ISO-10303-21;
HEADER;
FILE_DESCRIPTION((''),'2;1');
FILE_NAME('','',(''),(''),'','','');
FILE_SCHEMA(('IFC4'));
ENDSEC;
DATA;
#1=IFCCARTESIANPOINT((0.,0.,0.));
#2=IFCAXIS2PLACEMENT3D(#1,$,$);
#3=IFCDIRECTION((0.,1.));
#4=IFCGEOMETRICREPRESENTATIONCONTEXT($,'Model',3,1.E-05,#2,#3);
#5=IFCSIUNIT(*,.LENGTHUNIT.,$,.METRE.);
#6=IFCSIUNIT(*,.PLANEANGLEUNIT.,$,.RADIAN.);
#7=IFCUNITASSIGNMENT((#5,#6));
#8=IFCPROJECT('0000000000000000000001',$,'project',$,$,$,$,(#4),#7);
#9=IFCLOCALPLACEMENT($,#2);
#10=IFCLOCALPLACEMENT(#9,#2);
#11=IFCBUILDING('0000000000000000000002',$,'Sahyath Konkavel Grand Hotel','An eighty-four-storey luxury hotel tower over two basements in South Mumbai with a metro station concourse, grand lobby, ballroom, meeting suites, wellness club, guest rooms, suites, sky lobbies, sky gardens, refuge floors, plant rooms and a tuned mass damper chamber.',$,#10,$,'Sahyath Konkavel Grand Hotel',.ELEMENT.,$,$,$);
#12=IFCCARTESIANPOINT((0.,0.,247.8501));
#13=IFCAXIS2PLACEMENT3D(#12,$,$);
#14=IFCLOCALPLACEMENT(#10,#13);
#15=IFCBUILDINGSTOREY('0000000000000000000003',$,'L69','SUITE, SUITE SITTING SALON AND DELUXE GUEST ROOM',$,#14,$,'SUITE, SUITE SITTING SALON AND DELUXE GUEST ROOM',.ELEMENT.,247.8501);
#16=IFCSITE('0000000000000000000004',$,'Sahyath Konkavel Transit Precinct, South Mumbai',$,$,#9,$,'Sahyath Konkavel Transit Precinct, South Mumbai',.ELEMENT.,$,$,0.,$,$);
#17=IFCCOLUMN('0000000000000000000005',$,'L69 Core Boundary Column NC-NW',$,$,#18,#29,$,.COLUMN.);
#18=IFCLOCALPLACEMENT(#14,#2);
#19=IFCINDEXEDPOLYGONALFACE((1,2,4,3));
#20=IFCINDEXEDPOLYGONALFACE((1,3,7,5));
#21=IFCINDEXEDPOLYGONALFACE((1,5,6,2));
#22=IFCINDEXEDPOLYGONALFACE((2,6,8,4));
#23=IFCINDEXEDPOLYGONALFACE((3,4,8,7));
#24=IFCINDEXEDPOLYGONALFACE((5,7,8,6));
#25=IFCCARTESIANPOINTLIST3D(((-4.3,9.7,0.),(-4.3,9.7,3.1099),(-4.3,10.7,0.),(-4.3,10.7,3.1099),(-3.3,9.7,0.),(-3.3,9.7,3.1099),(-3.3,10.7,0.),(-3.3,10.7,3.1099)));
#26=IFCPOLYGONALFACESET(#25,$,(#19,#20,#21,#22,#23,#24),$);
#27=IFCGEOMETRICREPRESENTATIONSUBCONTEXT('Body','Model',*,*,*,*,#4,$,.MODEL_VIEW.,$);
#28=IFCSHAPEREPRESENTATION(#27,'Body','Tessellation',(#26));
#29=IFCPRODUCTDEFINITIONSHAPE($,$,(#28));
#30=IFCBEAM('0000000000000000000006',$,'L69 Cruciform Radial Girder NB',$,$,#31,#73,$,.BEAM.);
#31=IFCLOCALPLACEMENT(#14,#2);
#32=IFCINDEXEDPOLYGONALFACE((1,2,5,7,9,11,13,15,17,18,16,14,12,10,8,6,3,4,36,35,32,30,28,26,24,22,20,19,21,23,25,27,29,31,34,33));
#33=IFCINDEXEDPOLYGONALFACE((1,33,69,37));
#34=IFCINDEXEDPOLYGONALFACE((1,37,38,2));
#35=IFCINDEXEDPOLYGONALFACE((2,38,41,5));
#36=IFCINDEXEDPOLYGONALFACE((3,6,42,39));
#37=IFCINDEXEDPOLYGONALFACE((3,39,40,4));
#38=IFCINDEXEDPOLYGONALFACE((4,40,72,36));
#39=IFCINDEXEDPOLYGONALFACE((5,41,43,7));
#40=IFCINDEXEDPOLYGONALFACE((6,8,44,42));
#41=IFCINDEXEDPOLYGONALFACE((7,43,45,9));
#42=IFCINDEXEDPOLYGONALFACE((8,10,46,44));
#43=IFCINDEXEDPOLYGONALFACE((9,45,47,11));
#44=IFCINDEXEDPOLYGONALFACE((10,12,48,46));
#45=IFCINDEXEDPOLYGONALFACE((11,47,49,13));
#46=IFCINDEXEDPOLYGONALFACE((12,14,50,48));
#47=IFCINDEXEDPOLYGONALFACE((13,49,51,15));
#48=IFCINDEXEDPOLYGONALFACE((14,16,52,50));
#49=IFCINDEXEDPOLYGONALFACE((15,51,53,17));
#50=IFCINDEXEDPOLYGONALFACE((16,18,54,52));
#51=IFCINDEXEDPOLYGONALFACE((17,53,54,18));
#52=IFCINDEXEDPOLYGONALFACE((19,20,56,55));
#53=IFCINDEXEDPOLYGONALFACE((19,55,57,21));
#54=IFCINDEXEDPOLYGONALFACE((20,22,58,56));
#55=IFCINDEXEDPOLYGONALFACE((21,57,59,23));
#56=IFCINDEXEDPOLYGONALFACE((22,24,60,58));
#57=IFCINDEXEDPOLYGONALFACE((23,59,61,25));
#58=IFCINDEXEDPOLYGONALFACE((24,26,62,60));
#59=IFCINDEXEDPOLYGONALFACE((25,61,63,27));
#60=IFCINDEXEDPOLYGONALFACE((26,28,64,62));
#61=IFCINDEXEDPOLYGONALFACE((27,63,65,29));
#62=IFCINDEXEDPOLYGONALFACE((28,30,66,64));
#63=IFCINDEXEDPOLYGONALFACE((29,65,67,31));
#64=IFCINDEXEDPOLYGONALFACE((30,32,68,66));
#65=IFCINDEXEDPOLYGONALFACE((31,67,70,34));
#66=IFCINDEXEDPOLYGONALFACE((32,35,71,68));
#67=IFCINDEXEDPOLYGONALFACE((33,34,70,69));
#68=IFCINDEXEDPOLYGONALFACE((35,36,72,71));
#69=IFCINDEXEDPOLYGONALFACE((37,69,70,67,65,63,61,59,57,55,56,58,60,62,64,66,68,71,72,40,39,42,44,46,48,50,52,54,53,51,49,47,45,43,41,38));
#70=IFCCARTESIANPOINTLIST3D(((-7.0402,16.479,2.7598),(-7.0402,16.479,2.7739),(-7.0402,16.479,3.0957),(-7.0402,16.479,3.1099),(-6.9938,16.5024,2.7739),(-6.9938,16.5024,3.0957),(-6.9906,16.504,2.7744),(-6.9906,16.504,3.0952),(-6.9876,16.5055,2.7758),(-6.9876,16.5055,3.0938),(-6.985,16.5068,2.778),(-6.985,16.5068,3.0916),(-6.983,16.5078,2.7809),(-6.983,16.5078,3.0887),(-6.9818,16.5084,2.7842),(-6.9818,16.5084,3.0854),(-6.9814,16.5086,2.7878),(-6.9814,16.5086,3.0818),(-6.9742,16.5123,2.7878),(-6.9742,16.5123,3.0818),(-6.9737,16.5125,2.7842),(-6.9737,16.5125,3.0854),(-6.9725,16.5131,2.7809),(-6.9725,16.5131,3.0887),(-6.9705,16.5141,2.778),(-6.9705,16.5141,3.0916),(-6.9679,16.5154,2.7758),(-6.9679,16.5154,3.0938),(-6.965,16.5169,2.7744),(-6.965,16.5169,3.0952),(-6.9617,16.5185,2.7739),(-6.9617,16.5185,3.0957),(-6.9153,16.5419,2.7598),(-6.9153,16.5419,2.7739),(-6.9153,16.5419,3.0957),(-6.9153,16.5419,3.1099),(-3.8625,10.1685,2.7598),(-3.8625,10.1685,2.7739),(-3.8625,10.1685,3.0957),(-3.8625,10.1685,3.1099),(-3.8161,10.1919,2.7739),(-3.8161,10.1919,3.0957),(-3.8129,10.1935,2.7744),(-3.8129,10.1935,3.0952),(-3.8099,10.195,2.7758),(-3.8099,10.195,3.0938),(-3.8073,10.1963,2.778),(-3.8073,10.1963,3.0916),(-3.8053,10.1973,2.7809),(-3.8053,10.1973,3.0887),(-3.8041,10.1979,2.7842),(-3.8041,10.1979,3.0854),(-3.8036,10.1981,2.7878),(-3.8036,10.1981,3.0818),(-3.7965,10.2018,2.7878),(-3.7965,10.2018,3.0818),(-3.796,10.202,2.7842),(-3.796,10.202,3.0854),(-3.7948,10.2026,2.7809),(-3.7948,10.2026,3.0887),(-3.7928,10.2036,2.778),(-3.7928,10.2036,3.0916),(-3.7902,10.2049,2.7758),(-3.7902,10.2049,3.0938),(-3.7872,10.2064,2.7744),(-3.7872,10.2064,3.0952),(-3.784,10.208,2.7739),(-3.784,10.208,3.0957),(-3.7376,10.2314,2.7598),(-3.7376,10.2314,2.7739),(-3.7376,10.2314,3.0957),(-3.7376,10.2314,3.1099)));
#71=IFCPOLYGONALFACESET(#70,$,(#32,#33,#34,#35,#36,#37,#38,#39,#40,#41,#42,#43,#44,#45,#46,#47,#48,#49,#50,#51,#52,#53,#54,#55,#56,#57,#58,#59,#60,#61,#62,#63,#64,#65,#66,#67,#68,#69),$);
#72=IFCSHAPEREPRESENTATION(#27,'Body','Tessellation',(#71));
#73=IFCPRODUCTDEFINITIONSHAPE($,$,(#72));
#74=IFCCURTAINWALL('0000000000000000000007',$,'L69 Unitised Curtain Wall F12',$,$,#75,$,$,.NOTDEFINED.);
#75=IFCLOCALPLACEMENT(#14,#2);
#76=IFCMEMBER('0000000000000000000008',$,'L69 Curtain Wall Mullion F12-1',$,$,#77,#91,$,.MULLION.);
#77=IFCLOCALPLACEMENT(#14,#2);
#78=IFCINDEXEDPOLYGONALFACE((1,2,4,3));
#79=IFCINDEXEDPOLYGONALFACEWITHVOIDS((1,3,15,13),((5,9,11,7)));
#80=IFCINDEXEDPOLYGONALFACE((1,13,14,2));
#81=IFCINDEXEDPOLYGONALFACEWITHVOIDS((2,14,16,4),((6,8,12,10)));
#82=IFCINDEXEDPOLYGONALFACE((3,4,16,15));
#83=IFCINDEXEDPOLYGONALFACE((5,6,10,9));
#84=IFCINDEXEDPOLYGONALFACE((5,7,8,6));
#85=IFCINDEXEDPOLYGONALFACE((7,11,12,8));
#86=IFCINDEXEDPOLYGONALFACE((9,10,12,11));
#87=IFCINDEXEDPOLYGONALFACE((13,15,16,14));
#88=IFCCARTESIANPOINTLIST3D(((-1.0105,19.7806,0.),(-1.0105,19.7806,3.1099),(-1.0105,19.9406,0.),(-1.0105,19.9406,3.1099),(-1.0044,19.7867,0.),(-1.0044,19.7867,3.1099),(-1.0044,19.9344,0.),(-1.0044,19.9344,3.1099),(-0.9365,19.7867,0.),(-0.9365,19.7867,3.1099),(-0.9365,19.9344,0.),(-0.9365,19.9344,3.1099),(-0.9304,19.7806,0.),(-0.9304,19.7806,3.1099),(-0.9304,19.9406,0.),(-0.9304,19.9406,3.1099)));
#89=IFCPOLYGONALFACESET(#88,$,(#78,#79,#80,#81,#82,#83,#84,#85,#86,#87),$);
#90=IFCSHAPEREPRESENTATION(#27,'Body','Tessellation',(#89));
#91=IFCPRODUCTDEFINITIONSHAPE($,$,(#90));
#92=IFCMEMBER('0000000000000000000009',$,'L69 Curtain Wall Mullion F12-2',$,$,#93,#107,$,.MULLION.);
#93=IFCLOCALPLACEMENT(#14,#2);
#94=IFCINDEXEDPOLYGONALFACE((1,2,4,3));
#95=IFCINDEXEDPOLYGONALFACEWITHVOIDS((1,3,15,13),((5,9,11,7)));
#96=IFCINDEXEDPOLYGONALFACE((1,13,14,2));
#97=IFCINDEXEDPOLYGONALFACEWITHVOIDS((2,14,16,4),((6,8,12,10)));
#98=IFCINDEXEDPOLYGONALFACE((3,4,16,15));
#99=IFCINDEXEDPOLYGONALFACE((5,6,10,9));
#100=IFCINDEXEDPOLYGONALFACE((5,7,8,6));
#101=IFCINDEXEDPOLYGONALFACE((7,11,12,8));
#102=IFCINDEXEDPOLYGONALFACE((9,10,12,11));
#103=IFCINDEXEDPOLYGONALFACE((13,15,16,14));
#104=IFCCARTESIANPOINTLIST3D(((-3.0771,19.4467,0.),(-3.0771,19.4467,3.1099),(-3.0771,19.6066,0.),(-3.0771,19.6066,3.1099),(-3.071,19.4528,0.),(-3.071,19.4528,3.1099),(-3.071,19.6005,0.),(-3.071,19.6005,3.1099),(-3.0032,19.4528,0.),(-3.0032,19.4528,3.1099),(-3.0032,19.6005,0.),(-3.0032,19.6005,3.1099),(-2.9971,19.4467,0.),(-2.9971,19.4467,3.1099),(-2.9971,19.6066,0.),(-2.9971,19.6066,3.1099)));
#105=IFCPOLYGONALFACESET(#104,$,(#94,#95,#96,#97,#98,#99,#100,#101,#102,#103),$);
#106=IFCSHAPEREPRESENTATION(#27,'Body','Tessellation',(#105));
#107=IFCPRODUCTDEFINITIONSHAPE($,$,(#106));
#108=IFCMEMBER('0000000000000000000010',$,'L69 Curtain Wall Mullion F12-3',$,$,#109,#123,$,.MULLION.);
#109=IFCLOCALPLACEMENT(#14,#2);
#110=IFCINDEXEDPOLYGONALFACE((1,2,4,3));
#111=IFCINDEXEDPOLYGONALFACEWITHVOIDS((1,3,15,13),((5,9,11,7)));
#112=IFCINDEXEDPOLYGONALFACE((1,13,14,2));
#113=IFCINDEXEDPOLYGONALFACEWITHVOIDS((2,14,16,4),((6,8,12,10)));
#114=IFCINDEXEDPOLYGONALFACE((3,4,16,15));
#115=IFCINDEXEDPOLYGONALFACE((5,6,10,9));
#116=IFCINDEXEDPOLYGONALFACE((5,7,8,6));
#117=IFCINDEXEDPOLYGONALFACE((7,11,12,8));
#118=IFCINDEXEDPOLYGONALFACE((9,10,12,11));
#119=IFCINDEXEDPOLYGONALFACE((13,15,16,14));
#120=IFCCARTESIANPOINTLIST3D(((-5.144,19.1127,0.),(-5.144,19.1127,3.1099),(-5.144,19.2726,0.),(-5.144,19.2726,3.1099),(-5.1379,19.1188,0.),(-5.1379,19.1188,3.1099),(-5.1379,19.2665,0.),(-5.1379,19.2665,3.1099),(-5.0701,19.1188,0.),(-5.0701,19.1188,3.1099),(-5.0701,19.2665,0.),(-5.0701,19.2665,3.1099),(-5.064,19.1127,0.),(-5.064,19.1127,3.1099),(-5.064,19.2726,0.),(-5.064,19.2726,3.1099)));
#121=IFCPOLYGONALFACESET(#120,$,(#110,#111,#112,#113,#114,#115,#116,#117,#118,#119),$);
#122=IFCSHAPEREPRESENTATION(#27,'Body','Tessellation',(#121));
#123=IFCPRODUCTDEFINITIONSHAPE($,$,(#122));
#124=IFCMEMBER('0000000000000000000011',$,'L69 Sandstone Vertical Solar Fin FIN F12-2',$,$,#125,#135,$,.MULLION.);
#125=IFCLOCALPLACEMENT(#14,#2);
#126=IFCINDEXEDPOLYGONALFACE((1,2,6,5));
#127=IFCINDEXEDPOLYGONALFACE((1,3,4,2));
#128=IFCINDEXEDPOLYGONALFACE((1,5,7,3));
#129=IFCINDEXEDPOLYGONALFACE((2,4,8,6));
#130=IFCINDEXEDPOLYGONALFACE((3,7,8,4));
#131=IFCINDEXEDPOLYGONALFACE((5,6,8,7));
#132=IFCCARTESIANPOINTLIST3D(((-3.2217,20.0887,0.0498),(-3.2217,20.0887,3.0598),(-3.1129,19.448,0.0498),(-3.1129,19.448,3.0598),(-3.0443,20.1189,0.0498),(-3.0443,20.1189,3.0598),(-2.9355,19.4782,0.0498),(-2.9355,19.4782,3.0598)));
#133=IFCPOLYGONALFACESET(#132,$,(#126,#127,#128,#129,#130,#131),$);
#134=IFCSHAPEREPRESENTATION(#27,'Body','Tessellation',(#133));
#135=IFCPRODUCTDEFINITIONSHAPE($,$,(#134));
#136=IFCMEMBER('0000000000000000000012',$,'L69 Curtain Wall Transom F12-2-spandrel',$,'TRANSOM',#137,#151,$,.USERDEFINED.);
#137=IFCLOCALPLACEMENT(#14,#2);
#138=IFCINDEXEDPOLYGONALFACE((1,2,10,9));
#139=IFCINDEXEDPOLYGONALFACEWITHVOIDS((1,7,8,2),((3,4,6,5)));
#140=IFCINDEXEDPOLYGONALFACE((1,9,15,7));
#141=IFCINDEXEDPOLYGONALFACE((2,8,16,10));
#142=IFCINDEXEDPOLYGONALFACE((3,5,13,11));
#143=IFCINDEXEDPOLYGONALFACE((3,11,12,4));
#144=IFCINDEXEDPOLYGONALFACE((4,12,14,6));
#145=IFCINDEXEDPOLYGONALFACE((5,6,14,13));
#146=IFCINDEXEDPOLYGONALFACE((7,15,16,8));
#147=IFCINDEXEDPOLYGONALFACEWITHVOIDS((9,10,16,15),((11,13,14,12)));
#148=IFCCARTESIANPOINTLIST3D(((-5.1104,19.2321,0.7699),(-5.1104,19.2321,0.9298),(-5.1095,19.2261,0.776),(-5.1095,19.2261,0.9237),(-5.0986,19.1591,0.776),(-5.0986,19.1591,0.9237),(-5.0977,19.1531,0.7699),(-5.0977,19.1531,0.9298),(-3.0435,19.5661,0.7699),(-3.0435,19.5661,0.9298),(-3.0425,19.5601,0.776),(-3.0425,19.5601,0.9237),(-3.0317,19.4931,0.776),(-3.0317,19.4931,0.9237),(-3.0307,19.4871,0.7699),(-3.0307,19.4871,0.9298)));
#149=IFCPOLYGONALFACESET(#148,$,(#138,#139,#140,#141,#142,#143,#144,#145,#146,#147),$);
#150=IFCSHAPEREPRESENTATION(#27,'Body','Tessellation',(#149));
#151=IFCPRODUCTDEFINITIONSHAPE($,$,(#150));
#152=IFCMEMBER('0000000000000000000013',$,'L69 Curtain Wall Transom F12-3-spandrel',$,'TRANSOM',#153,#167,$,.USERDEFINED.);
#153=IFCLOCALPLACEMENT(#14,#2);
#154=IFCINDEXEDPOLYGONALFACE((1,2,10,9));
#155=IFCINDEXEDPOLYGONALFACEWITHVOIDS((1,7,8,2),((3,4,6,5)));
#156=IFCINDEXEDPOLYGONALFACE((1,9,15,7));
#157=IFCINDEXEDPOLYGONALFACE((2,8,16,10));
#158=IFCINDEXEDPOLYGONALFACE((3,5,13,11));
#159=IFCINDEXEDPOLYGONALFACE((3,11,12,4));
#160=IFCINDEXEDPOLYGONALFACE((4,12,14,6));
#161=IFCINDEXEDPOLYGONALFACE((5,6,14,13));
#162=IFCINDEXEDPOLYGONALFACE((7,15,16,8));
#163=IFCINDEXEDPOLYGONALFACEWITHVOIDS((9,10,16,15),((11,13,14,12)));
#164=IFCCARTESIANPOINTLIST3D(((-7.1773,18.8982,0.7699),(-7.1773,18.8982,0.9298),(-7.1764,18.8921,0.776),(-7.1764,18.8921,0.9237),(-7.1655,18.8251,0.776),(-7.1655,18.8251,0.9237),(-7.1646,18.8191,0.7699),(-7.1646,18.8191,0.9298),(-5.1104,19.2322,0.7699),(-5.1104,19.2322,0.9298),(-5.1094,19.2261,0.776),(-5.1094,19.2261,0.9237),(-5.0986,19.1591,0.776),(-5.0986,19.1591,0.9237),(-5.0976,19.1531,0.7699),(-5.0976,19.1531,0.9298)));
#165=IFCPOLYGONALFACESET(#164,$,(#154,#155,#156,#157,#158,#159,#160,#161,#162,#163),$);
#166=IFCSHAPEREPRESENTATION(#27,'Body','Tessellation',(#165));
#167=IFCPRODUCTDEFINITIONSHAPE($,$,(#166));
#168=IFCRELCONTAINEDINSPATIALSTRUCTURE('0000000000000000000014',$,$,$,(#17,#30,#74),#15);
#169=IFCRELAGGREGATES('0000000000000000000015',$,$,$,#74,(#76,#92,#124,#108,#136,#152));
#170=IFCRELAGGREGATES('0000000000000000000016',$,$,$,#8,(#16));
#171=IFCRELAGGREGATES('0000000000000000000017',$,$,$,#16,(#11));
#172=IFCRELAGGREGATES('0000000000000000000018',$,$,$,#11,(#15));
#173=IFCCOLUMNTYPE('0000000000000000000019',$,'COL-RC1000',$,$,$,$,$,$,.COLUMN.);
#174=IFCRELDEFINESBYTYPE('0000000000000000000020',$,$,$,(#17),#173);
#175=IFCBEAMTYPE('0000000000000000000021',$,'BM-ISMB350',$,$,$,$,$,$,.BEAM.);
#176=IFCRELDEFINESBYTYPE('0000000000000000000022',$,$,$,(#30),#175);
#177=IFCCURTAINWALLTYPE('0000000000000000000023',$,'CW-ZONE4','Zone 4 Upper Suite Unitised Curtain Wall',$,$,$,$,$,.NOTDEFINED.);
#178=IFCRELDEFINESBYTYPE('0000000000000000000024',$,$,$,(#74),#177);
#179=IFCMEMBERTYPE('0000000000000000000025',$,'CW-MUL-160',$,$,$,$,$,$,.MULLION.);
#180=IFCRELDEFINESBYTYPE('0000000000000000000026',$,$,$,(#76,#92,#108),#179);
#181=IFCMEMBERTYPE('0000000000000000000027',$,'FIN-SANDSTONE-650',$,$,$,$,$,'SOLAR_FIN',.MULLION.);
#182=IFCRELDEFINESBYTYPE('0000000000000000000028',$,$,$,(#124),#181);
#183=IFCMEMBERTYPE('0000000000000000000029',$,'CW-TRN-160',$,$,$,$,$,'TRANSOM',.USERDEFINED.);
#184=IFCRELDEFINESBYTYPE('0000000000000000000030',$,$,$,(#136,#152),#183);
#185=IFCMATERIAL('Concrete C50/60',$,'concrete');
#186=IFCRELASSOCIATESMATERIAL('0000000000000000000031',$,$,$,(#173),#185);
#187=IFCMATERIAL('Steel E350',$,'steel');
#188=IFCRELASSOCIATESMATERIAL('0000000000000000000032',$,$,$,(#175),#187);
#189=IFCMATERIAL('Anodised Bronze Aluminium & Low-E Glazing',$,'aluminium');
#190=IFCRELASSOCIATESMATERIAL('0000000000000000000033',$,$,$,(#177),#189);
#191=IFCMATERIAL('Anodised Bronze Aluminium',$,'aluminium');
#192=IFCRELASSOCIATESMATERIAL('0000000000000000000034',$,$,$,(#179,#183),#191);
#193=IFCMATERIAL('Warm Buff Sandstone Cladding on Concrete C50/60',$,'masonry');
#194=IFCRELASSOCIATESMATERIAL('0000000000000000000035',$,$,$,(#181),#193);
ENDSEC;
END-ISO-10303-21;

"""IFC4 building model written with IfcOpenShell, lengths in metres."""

from ifc_helpers import new_model, si_unit, direction, frame, origin, origin_2d, place, context, subcontext, project, spatial, rectangle, hollow_rectangle, i_section, extrude, source, transform, mapped, material, material_profile, profile_set, type_object, element, aggregate, save


model = new_model("IFC4")

# Units and contexts
model_context = context("Model", 3, precision=1e-05, world=origin(), true_north=direction((0.0, 1.0)))
body_context = subcontext(model_context, "Body", "Model", "MODEL_VIEW")
ifc_project = project(units=[si_unit("LENGTHUNIT", "METRE"), si_unit("PLANEANGLEUNIT", "RADIAN")], contexts=[model_context])

# Site, building, storey
site_placement = place(None, origin())
site = spatial("IfcSite", under=ifc_project, at=site_placement, Name="Sahyath Konkavel Transit Precinct, South Mumbai", LongName="Sahyath Konkavel Transit Precinct, South Mumbai", CompositionType="ELEMENT", RefElevation=0.0)
building_placement = place(site_placement, origin())
building = spatial("IfcBuilding", under=site, at=building_placement, Name="Sahyath Konkavel Grand Hotel", Description="An eighty-four-storey luxury hotel tower over two basements in South Mumbai with a metro station concourse, grand lobby, ballroom, meeting suites, wellness club, guest rooms, suites, sky lobbies, sky gardens, refuge floors, plant rooms and a tuned mass damper chamber.", LongName="Sahyath Konkavel Grand Hotel", CompositionType="ELEMENT")
storey_placement = place(building_placement, frame((0.0, 0.0, 247.8501)))
storey = spatial("IfcBuildingStorey", under=building, at=storey_placement, Name="L69", Description="SUITE, SUITE SITTING SALON AND DELUXE GUEST ROOM", LongName="SUITE, SUITE SITTING SALON AND DELUXE GUEST ROOM", CompositionType="ELEMENT", Elevation=247.8501)

# Column
ifc_material_1 = material(Name="Concrete C50/60", Category="concrete")
ifc_material_profile_1 = material_profile(ifc_material_1, rectangle(XDim=1.0, YDim=1.0, at=origin_2d()), Name="RC 1000x1000")
ifc_profile_set_1 = profile_set([ifc_material_profile_1], Name="Concrete C50/60")
column_type = type_object("IfcColumnType", Name="COL-RC1000", PredefinedType="COLUMN", material=ifc_profile_set_1)
shared_shape_1 = source(origin(), body_context, "Body", "SweptSolid", [
    extrude(rectangle(XDim=1.0, YDim=1.0, at=origin_2d()), origin(), (0.0, 0.0, 1.0), 3.1099),
])
column_placement = place(storey_placement, frame((-3.8, 10.2, 0.0), z_axis=(0.0, 0.0, 1.0), x_axis=(1.0, 0.0, 0.0)))
element("IfcColumn", 1, at=column_placement, inside=storey, type_object=column_type, Name="L69 Core Boundary Column NC-NW", PredefinedType="COLUMN", context=body_context, shape_type="MappedRepresentation", body=[
    mapped(shared_shape_1, transform((0.0, 0.0, 0.0), scale=1.0)),
])

# Beam
ifc_material_2 = material(Name="Steel E350", Category="steel")
ifc_material_profile_2 = material_profile(ifc_material_2, i_section(OverallWidth=0.1399, OverallDepth=0.3501, WebThickness=0.0081, FlangeThickness=0.0142, FilletRadius=0.0139, at=origin_2d()), Name="ISMB 350")
ifc_profile_set_2 = profile_set([ifc_material_profile_2], Name="Steel E350")
beam_type_1 = type_object("IfcBeamType", Name="BM-ISMB350", PredefinedType="BEAM", material=ifc_profile_set_2)
shared_shape_2 = source(origin(), body_context, "Body", "SweptSolid", [
    extrude(i_section(OverallWidth=0.1399, OverallDepth=0.3501, WebThickness=0.0081, FlangeThickness=0.0142, FilletRadius=0.0139, at=origin_2d()), origin(), (0.0, 0.0, 1.0), 7.0654),
])
beam_1_placement = place(storey_placement, frame((-3.8, 10.2, 2.9348), z_axis=(-0.449755, 0.893152, 0.0), x_axis=(-0.893152, -0.449755, 0.0)))
element("IfcBeam", 2, at=beam_1_placement, inside=storey, type_object=beam_type_1, Name="L69 Cruciform Radial Girder NB", PredefinedType="BEAM", context=body_context, shape_type="MappedRepresentation", body=[
    mapped(shared_shape_2, transform((0.0, 0.0, 0.0), scale=1.0)),
])

# Curtain wall, members
ifc_material_3 = material(Name="Anodised Bronze Aluminium & Low-E Glazing", Category="aluminium")
curtain_wall_type = type_object("IfcCurtainWallType", Name="CW-ZONE4", Description="Zone 4 Upper Suite Unitised Curtain Wall", PredefinedType="NOTDEFINED", material=ifc_material_3)
curtain_wall_placement = place(storey_placement, origin())
curtain_wall = element("IfcCurtainWall", 3, at=curtain_wall_placement, inside=storey, type_object=curtain_wall_type, Name="L69 Unitised Curtain Wall F12", PredefinedType="NOTDEFINED")
ifc_material_4 = material(Name="Anodised Bronze Aluminium", Category="aluminium")
ifc_material_profile_3 = material_profile(ifc_material_4, hollow_rectangle(XDim=0.0801, YDim=0.1599, WallThickness=0.0061, at=origin_2d()), Name="RHS 160x80x6")
ifc_profile_set_3 = profile_set([ifc_material_profile_3], Name="Anodised Bronze Aluminium")
member_type_1 = type_object("IfcMemberType", Name="CW-MUL-160", PredefinedType="MULLION", material=ifc_profile_set_3)
shared_shape_3 = source(origin(), body_context, "Body", "SweptSolid", [
    extrude(hollow_rectangle(XDim=0.0801, YDim=0.1599, WallThickness=0.0061, at=origin_2d()), origin(), (0.0, 0.0, 1.0), 3.1099),
])
member_1_placement = place(storey_placement, frame((-0.9705, 19.8606, 0.0), z_axis=(0.0, 0.0, 1.0), x_axis=(1.0, 0.0, 0.0)))
member_1 = element("IfcMember", 4, at=member_1_placement, type_object=member_type_1, Name="L69 Curtain Wall Mullion F12-1", PredefinedType="MULLION", context=body_context, shape_type="MappedRepresentation", body=[
    mapped(shared_shape_3, transform((0.0, 0.0, 0.0), scale=1.0)),
])
member_2_placement = place(storey_placement, frame((-3.0371, 19.5266, 0.0), z_axis=(0.0, 0.0, 1.0), x_axis=(1.0, 0.0, 0.0)))
member_2 = element("IfcMember", 5, at=member_2_placement, type_object=member_type_1, Name="L69 Curtain Wall Mullion F12-2", PredefinedType="MULLION", context=body_context, shape_type="MappedRepresentation", body=[
    mapped(shared_shape_3, transform((0.0, 0.0, 0.0), scale=1.0)),
])
member_3_placement = place(storey_placement, frame((-5.104, 19.1926, 0.0), z_axis=(0.0, 0.0, 1.0), x_axis=(1.0, 0.0, 0.0)))
member_3 = element("IfcMember", 6, at=member_3_placement, type_object=member_type_1, Name="L69 Curtain Wall Mullion F12-3", PredefinedType="MULLION", context=body_context, shape_type="MappedRepresentation", body=[
    mapped(shared_shape_3, transform((0.0, 0.0, 0.0), scale=1.0)),
])
ifc_material_5 = material(Name="Warm Buff Sandstone Cladding on Concrete C50/60", Category="masonry")
ifc_material_profile_4 = material_profile(ifc_material_5, rectangle(XDim=0.1799, YDim=0.6499, at=origin_2d()), Name="FIN 180x650")
ifc_profile_set_4 = profile_set([ifc_material_profile_4], Name="Warm Buff Sandstone Cladding on Concrete C50/60")
member_type_2 = type_object("IfcMemberType", Name="FIN-SANDSTONE-650", ElementType="SOLAR_FIN", PredefinedType="MULLION", material=ifc_profile_set_4)
shared_shape_4 = source(origin(), body_context, "Body", "SweptSolid", [
    extrude(rectangle(XDim=0.1799, YDim=0.6499, at=origin_2d()), origin(), (0.0, 0.0, 1.0), 3.01),
])
member_4_placement = place(storey_placement, frame((-3.0786, 19.7834, 0.0498), z_axis=(0.0, 0.0, 1.0), x_axis=(0.985879, 0.167457, 0.0)))
member_4 = element("IfcMember", 7, at=member_4_placement, type_object=member_type_2, Name="L69 Sandstone Vertical Solar Fin FIN F12-2", PredefinedType="MULLION", context=body_context, shape_type="MappedRepresentation", body=[
    mapped(shared_shape_4, transform((0.0, 0.0, 0.0), scale=1.0)),
])
ifc_material_profile_5 = material_profile(ifc_material_4, hollow_rectangle(XDim=0.0801, YDim=0.1599, WallThickness=0.0061, at=origin_2d()), Name="RHS 160x80x6")
ifc_profile_set_5 = profile_set([ifc_material_profile_5], Name="Anodised Bronze Aluminium")
member_type_3 = type_object("IfcMemberType", Name="CW-TRN-160", ElementType="TRANSOM", PredefinedType="USERDEFINED", material=ifc_profile_set_5)
shared_shape_5 = source(origin(), body_context, "Body", "SweptSolid", [
    extrude(hollow_rectangle(XDim=0.0801, YDim=0.1599, WallThickness=0.0061, at=origin_2d()), origin(), (0.0, 0.0, 1.0), 2.0938),
])
member_5_placement = place(storey_placement, frame((-3.0371, 19.5266, 0.8499), z_axis=(-0.987195, -0.159518, 0.0), x_axis=(0.159518, -0.987195, 0.0)))
member_5 = element("IfcMember", 8, at=member_5_placement, type_object=member_type_3, Name="L69 Curtain Wall Transom F12-2-spandrel", ObjectType="TRANSOM", PredefinedType="USERDEFINED", context=body_context, shape_type="MappedRepresentation", body=[
    mapped(shared_shape_5, transform((0.0, 0.0, 0.0), scale=1.0)),
])
member_6_placement = place(storey_placement, frame((-5.104, 19.1926, 0.8499), z_axis=(-0.987195, -0.159518, 0.0), x_axis=(0.159518, -0.987195, 0.0)))
member_6 = element("IfcMember", 9, at=member_6_placement, type_object=member_type_3, Name="L69 Curtain Wall Transom F12-3-spandrel", ObjectType="TRANSOM", PredefinedType="USERDEFINED", context=body_context, shape_type="MappedRepresentation", body=[
    mapped(shared_shape_5, transform((0.0, 0.0, 0.0), scale=1.0)),
])

aggregate(curtain_wall, [member_1, member_2, member_4, member_3, member_5, member_6])

save(model, "model.ifc")
